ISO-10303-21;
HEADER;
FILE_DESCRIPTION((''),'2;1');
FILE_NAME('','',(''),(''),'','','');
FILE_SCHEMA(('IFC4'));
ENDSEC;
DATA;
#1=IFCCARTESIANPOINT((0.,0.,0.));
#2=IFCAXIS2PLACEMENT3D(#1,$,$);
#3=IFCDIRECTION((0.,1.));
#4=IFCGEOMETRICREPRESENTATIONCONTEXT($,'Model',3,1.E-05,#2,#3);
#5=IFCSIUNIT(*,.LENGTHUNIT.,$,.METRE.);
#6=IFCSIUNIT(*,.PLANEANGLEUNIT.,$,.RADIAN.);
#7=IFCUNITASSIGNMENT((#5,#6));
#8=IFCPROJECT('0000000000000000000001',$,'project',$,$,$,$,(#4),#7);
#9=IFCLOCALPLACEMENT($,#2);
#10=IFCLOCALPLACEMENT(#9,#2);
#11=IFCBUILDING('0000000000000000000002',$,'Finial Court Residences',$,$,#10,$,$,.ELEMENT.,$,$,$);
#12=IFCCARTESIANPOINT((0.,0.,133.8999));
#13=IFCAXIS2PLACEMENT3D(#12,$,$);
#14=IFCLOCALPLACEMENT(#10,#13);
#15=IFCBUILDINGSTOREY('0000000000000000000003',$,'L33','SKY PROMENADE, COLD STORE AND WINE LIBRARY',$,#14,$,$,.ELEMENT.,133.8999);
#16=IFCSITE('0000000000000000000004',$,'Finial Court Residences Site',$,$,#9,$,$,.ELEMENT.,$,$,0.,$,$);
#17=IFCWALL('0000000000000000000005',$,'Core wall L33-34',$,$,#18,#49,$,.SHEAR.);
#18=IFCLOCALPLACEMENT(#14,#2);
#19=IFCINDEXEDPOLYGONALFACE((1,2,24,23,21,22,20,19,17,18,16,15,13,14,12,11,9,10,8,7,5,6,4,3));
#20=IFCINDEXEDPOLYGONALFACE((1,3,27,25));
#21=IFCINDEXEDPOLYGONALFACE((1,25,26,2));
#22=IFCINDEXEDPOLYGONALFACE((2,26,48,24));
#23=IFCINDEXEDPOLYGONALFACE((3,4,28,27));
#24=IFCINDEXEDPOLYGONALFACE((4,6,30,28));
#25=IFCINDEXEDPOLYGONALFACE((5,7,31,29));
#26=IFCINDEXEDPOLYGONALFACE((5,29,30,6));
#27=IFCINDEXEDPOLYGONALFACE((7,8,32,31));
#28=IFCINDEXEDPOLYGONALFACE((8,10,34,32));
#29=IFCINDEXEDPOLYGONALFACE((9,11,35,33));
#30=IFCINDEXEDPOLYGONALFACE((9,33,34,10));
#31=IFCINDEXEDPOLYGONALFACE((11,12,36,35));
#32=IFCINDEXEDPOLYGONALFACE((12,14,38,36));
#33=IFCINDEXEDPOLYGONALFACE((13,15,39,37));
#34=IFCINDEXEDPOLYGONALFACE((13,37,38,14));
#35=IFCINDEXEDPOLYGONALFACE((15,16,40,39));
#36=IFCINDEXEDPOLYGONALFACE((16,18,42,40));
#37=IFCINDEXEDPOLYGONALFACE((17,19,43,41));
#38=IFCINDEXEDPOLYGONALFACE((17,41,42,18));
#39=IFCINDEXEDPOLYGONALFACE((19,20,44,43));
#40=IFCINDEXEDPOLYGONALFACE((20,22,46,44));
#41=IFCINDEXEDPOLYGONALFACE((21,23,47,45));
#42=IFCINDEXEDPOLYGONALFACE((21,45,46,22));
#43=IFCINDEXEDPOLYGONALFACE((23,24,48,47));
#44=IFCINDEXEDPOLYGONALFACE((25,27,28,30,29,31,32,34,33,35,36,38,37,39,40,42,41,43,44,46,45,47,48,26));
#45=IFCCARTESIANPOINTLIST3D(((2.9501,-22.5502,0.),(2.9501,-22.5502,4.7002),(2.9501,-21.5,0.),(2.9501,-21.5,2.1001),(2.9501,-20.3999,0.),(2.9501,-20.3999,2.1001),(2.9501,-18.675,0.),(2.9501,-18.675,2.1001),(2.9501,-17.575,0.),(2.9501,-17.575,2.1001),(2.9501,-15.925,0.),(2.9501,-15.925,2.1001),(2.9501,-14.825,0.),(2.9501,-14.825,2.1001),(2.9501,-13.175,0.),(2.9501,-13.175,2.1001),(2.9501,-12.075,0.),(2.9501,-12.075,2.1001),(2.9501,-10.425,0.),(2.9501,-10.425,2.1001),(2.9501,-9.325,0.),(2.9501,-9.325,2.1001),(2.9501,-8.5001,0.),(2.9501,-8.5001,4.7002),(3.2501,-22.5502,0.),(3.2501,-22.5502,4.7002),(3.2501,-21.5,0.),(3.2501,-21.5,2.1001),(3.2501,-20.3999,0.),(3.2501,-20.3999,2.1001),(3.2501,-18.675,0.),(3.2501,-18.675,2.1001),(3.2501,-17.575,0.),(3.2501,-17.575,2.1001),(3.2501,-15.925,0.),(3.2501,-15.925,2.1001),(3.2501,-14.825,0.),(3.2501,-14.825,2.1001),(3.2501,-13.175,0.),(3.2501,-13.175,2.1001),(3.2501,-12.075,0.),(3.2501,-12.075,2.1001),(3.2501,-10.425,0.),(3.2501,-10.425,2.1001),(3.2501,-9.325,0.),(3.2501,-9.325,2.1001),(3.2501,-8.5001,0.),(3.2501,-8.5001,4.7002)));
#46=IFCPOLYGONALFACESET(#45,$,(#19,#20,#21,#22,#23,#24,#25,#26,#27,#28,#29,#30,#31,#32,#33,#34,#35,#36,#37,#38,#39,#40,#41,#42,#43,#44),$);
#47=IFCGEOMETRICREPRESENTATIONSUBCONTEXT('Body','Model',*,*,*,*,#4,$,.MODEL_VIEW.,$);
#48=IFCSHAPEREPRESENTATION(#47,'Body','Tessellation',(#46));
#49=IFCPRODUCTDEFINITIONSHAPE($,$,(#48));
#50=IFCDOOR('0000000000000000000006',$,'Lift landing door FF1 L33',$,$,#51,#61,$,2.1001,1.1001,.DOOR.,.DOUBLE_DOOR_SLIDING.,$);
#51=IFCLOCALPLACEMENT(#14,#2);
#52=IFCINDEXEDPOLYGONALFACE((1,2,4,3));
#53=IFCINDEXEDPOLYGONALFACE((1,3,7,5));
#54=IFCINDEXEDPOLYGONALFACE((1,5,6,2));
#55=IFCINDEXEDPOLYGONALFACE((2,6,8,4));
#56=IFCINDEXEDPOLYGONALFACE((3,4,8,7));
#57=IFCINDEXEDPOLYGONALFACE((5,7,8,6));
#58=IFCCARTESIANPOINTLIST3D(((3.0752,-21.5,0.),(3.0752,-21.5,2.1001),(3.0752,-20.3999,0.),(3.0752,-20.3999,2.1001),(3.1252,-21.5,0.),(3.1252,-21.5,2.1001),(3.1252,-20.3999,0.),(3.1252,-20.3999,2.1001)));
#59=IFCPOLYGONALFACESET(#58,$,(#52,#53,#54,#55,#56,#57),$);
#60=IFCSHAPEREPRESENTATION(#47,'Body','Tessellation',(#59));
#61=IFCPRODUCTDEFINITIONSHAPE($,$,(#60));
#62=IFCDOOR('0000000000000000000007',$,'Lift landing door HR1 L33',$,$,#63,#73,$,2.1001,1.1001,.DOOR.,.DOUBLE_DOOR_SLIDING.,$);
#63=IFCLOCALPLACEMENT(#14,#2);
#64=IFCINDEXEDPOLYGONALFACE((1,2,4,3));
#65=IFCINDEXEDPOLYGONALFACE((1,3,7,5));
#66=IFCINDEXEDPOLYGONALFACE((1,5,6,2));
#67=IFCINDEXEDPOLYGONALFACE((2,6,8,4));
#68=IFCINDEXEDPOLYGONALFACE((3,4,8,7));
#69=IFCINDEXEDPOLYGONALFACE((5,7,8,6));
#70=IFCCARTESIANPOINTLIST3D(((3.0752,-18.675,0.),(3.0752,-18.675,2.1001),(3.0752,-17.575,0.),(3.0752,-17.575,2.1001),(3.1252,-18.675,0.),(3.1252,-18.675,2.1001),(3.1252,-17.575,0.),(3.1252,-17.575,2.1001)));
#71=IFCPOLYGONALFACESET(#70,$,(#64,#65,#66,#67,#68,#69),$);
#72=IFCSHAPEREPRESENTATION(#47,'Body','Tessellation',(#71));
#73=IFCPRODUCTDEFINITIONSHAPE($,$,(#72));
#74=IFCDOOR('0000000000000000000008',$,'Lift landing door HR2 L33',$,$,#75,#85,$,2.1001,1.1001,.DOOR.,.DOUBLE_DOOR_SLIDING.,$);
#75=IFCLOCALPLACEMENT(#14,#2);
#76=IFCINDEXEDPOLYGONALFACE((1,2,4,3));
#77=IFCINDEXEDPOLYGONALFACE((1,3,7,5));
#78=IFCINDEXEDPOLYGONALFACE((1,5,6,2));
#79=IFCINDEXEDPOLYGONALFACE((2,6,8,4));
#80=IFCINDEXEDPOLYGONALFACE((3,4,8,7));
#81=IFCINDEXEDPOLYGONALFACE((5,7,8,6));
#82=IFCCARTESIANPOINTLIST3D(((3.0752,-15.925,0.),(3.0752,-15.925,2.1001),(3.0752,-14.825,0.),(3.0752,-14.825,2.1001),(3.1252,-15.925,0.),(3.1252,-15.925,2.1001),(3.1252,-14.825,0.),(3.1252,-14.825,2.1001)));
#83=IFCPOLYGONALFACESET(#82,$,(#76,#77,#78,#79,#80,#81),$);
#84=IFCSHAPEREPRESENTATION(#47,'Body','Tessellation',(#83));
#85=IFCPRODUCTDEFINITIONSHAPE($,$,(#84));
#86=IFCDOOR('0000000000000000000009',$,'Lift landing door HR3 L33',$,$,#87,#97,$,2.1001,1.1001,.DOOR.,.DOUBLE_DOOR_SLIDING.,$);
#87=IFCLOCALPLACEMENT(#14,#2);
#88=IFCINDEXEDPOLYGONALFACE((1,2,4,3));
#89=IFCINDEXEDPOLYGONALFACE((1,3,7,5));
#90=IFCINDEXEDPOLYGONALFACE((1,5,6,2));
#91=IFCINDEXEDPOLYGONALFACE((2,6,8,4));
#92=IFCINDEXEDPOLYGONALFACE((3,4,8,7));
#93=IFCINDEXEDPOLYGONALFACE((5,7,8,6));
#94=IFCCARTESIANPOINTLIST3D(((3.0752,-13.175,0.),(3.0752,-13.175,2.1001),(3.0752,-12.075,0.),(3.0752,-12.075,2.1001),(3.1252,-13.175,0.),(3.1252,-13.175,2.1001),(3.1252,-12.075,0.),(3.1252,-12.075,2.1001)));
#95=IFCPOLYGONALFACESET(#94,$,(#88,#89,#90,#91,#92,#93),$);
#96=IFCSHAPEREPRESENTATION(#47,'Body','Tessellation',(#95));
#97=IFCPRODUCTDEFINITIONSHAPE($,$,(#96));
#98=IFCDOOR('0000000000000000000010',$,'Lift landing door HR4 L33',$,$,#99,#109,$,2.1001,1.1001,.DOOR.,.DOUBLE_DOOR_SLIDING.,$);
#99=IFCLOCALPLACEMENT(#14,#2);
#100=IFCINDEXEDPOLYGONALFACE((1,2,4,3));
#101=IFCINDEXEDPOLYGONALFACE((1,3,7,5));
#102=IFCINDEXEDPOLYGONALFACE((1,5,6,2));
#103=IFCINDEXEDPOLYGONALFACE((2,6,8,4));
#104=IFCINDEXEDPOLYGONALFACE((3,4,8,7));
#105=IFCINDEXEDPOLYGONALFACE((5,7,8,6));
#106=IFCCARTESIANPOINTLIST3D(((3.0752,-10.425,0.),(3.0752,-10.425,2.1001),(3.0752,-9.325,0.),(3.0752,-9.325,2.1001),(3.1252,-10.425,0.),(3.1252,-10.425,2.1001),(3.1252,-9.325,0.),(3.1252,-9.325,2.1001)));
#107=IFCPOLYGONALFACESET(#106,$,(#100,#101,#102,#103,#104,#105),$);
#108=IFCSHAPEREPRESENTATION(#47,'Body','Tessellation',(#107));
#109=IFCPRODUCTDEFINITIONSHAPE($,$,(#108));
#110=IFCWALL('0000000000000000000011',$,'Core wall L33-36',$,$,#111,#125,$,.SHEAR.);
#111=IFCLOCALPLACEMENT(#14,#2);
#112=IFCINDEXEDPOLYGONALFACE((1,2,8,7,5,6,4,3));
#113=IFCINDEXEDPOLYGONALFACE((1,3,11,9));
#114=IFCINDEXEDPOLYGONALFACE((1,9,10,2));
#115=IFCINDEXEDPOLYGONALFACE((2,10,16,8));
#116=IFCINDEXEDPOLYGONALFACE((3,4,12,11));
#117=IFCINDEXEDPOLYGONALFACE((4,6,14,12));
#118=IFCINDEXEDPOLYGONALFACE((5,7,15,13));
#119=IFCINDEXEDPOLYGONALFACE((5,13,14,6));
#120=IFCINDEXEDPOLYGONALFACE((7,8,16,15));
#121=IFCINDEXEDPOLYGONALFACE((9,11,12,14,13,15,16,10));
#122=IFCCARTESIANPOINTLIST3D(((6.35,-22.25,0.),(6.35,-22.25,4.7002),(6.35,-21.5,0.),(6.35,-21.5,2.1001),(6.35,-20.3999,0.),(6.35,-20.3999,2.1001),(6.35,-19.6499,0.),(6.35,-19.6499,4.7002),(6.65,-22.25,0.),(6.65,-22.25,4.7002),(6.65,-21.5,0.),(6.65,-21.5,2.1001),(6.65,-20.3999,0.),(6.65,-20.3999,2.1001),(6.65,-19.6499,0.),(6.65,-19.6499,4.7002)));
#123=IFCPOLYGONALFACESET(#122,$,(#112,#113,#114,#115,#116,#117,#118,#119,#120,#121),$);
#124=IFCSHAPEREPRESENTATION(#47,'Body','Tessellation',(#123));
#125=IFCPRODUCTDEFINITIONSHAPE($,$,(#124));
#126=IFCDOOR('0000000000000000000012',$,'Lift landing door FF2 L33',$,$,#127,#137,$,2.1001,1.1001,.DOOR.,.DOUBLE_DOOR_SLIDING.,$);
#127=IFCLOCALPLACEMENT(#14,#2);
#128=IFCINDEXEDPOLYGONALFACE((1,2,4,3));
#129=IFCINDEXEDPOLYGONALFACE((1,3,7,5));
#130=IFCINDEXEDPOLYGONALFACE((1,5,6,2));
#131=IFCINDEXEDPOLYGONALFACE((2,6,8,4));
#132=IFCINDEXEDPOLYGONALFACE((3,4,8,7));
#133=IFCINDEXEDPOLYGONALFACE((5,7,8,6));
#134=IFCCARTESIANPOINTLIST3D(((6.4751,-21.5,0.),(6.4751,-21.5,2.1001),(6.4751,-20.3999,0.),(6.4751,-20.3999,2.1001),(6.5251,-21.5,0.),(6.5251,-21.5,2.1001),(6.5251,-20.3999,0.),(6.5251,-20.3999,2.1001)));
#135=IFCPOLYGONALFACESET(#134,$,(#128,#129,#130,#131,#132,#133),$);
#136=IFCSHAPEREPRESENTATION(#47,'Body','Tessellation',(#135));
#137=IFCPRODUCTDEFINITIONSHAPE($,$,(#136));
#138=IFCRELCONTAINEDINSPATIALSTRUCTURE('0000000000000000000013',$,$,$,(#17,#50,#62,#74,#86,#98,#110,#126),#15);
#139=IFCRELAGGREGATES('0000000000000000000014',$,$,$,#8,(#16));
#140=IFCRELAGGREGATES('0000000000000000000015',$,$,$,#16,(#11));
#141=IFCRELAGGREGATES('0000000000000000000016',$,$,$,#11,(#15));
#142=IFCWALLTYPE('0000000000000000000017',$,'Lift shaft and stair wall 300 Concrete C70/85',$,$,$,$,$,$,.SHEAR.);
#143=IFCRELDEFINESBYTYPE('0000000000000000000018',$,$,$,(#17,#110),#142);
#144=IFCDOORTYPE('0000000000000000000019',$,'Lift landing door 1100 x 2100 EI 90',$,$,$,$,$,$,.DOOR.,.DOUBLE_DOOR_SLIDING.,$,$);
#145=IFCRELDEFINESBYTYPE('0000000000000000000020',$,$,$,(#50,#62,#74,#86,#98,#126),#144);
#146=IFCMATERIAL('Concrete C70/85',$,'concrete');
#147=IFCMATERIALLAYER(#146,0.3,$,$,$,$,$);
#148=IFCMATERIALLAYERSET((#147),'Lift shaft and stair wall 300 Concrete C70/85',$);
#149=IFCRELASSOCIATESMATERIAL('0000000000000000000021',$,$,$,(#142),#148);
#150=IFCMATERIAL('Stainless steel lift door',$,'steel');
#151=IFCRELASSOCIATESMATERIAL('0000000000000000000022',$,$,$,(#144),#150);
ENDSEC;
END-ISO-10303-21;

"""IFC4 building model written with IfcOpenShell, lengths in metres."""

from ifc_helpers import new_model, si_unit, direction, frame, frame_2d, origin, place, context, subcontext, project, spatial, rectangle, extrude, material, layer, layer_set, type_object, element, fill, save


model = new_model("IFC4")

# Units and contexts
model_context = context("Model", 3, precision=1e-05, world=origin(), true_north=direction((0.0, 1.0)))
body_context = subcontext(model_context, "Body", "Model", "MODEL_VIEW")
ifc_project = project(units=[si_unit("LENGTHUNIT", "METRE"), si_unit("PLANEANGLEUNIT", "RADIAN")], contexts=[model_context])

# Site, building, storey
site_placement = place(None, origin())
site = spatial("IfcSite", under=ifc_project, at=site_placement, Name="Finial Court Residences Site", CompositionType="ELEMENT", RefElevation=0.0)
building_placement = place(site_placement, origin())
building = spatial("IfcBuilding", under=site, at=building_placement, Name="Finial Court Residences", CompositionType="ELEMENT")
storey_placement = place(building_placement, frame((0.0, 0.0, 133.8999)))
storey = spatial("IfcBuildingStorey", under=building, at=storey_placement, Name="L33", Description="SKY PROMENADE, COLD STORE AND WINE LIBRARY", CompositionType="ELEMENT", Elevation=133.8999)

# Shared definitions
ifc_material_1 = material(Name="Concrete C70/85", Category="concrete")

# Shared definitions
ifc_layer_1 = layer(ifc_material_1, 0.3)
ifc_layer_set_1 = layer_set([ifc_layer_1], Name="Lift shaft and stair wall 300 Concrete C70/85")
wall_type_1 = type_object("IfcWallType", Name="Lift shaft and stair wall 300 Concrete C70/85", PredefinedType="SHEAR", material=ifc_layer_set_1)

# Wall, openings, doors
wall_1_placement = place(storey_placement, frame((3.1001, -22.55, 0.0), z_axis=(0.0, 0.0, 1.0), x_axis=(0.0, 1.0, 0.0)))
wall_1 = element("IfcWall", 1, at=wall_1_placement, inside=storey, type_object=wall_type_1, Name="Core wall L33-34", PredefinedType="SHEAR", context=body_context, shape_type="SweptSolid", body=[
    extrude(rectangle(XDim=14.05, YDim=0.3, at=frame_2d((7.0249, 0.0))), origin(), (0.0, 0.0, 1.0), 4.7002),
])
opening_1_placement = place(wall_1_placement, frame((1.05, 0.0, 0.0)))
opening_1 = element("IfcOpeningElement", 2, at=opening_1_placement, cuts=wall_1, PredefinedType="OPENING", context=body_context, shape_type="SweptSolid", body=[
    extrude(rectangle(XDim=1.1001, YDim=2.1001, at=frame_2d((0.55, 1.05))), frame((0.0, 0.1599, 0.0), z_axis=(0.0, -1.0, 0.0), x_axis=(1.0, 0.0, 0.0)), (0.0, 0.0, 1.0), 0.3201),
])
opening_2_placement = place(wall_1_placement, frame((3.875, 0.0, 0.0)))
opening_2 = element("IfcOpeningElement", 3, at=opening_2_placement, cuts=wall_1, PredefinedType="OPENING", context=body_context, shape_type="SweptSolid", body=[
    extrude(rectangle(XDim=1.1001, YDim=2.1001, at=frame_2d((0.55, 1.05))), frame((0.0, 0.1599, 0.0), z_axis=(0.0, -1.0, 0.0), x_axis=(1.0, 0.0, 0.0)), (0.0, 0.0, 1.0), 0.3201),
])
opening_3_placement = place(wall_1_placement, frame((6.625, 0.0, 0.0)))
opening_3 = element("IfcOpeningElement", 4, at=opening_3_placement, cuts=wall_1, PredefinedType="OPENING", context=body_context, shape_type="SweptSolid", body=[
    extrude(rectangle(XDim=1.1001, YDim=2.1001, at=frame_2d((0.55, 1.05))), frame((0.0, 0.1599, 0.0), z_axis=(0.0, -1.0, 0.0), x_axis=(1.0, 0.0, 0.0)), (0.0, 0.0, 1.0), 0.3201),
])
opening_4_placement = place(wall_1_placement, frame((9.375, 0.0, 0.0)))
opening_4 = element("IfcOpeningElement", 5, at=opening_4_placement, cuts=wall_1, PredefinedType="OPENING", context=body_context, shape_type="SweptSolid", body=[
    extrude(rectangle(XDim=1.1001, YDim=2.1001, at=frame_2d((0.55, 1.05))), frame((0.0, 0.1599, 0.0), z_axis=(0.0, -1.0, 0.0), x_axis=(1.0, 0.0, 0.0)), (0.0, 0.0, 1.0), 0.3201),
])
opening_5_placement = place(wall_1_placement, frame((12.125, 0.0, 0.0)))
opening_5 = element("IfcOpeningElement", 6, at=opening_5_placement, cuts=wall_1, PredefinedType="OPENING", context=body_context, shape_type="SweptSolid", body=[
    extrude(rectangle(XDim=1.1001, YDim=2.1001, at=frame_2d((0.55, 1.05))), frame((0.0, 0.1599, 0.0), z_axis=(0.0, -1.0, 0.0), x_axis=(1.0, 0.0, 0.0)), (0.0, 0.0, 1.0), 0.3201),
])
ifc_material_2 = material(Name="Stainless steel lift door", Category="steel")
door_type_1 = type_object("IfcDoorType", Name="Lift landing door 1100 x 2100 EI 90", OperationType="DOUBLE_DOOR_SLIDING", PredefinedType="DOOR", material=ifc_material_2)
door_1_placement = place(opening_1_placement, origin())
door_1 = element("IfcDoor", 7, at=door_1_placement, inside=storey, type_object=door_type_1, Name="Lift landing door FF1 L33", OperationType="DOUBLE_DOOR_SLIDING", OverallHeight=2.1001, OverallWidth=1.1001, PredefinedType="DOOR", context=body_context, shape_type="SweptSolid", body=[
    extrude(rectangle(XDim=1.1001, YDim=2.1001, at=frame_2d((0.55, 1.05))), frame((0.0, 0.0249, 0.0), z_axis=(0.0, -1.0, 0.0), x_axis=(1.0, 0.0, 0.0)), (0.0, 0.0, 1.0), 0.05),
])
fill(opening_1, door_1)
door_2_placement = place(opening_2_placement, origin())
door_2 = element("IfcDoor", 8, at=door_2_placement, inside=storey, type_object=door_type_1, Name="Lift landing door HR1 L33", OperationType="DOUBLE_DOOR_SLIDING", OverallHeight=2.1001, OverallWidth=1.1001, PredefinedType="DOOR", context=body_context, shape_type="SweptSolid", body=[
    extrude(rectangle(XDim=1.1001, YDim=2.1001, at=frame_2d((0.55, 1.05))), frame((0.0, 0.0249, 0.0), z_axis=(0.0, -1.0, 0.0), x_axis=(1.0, 0.0, 0.0)), (0.0, 0.0, 1.0), 0.05),
])
fill(opening_2, door_2)
door_3_placement = place(opening_3_placement, origin())
door_3 = element("IfcDoor", 9, at=door_3_placement, inside=storey, type_object=door_type_1, Name="Lift landing door HR2 L33", OperationType="DOUBLE_DOOR_SLIDING", OverallHeight=2.1001, OverallWidth=1.1001, PredefinedType="DOOR", context=body_context, shape_type="SweptSolid", body=[
    extrude(rectangle(XDim=1.1001, YDim=2.1001, at=frame_2d((0.55, 1.05))), frame((0.0, 0.0249, 0.0), z_axis=(0.0, -1.0, 0.0), x_axis=(1.0, 0.0, 0.0)), (0.0, 0.0, 1.0), 0.05),
])
fill(opening_3, door_3)
door_4_placement = place(opening_4_placement, origin())
door_4 = element("IfcDoor", 10, at=door_4_placement, inside=storey, type_object=door_type_1, Name="Lift landing door HR3 L33", OperationType="DOUBLE_DOOR_SLIDING", OverallHeight=2.1001, OverallWidth=1.1001, PredefinedType="DOOR", context=body_context, shape_type="SweptSolid", body=[
    extrude(rectangle(XDim=1.1001, YDim=2.1001, at=frame_2d((0.55, 1.05))), frame((0.0, 0.0249, 0.0), z_axis=(0.0, -1.0, 0.0), x_axis=(1.0, 0.0, 0.0)), (0.0, 0.0, 1.0), 0.05),
])
fill(opening_4, door_4)
door_5_placement = place(opening_5_placement, origin())
door_5 = element("IfcDoor", 11, at=door_5_placement, inside=storey, type_object=door_type_1, Name="Lift landing door HR4 L33", OperationType="DOUBLE_DOOR_SLIDING", OverallHeight=2.1001, OverallWidth=1.1001, PredefinedType="DOOR", context=body_context, shape_type="SweptSolid", body=[
    extrude(rectangle(XDim=1.1001, YDim=2.1001, at=frame_2d((0.55, 1.05))), frame((0.0, 0.0249, 0.0), z_axis=(0.0, -1.0, 0.0), x_axis=(1.0, 0.0, 0.0)), (0.0, 0.0, 1.0), 0.05),
])
fill(opening_5, door_5)

# Wall, opening, door
wall_2_placement = place(storey_placement, frame((6.5, -22.25, 0.0), z_axis=(0.0, 0.0, 1.0), x_axis=(0.0, 1.0, 0.0)))
wall_2 = element("IfcWall", 12, at=wall_2_placement, inside=storey, type_object=wall_type_1, Name="Core wall L33-36", PredefinedType="SHEAR", context=body_context, shape_type="SweptSolid", body=[
    extrude(rectangle(XDim=2.6001, YDim=0.3, at=frame_2d((1.3, 0.0))), origin(), (0.0, 0.0, 1.0), 4.7002),
])
opening_6_placement = place(wall_2_placement, frame((0.75, 0.0, 0.0)))
opening_6 = element("IfcOpeningElement", 13, at=opening_6_placement, cuts=wall_2, PredefinedType="OPENING", context=body_context, shape_type="SweptSolid", body=[
    extrude(rectangle(XDim=1.1001, YDim=2.1001, at=frame_2d((0.55, 1.05))), frame((0.0, 0.1599, 0.0), z_axis=(0.0, -1.0, 0.0), x_axis=(1.0, 0.0, 0.0)), (0.0, 0.0, 1.0), 0.3201),
])
door_6_placement = place(opening_6_placement, origin())
door_6 = element("IfcDoor", 14, at=door_6_placement, inside=storey, type_object=door_type_1, Name="Lift landing door FF2 L33", OperationType="DOUBLE_DOOR_SLIDING", OverallHeight=2.1001, OverallWidth=1.1001, PredefinedType="DOOR", context=body_context, shape_type="SweptSolid", body=[
    extrude(rectangle(XDim=1.1001, YDim=2.1001, at=frame_2d((0.55, 1.05))), frame((0.0, 0.0249, 0.0), z_axis=(0.0, -1.0, 0.0), x_axis=(1.0, 0.0, 0.0)), (0.0, 0.0, 1.0), 0.05),
])
fill(opening_6, door_6)

save(model, "model.ifc")
